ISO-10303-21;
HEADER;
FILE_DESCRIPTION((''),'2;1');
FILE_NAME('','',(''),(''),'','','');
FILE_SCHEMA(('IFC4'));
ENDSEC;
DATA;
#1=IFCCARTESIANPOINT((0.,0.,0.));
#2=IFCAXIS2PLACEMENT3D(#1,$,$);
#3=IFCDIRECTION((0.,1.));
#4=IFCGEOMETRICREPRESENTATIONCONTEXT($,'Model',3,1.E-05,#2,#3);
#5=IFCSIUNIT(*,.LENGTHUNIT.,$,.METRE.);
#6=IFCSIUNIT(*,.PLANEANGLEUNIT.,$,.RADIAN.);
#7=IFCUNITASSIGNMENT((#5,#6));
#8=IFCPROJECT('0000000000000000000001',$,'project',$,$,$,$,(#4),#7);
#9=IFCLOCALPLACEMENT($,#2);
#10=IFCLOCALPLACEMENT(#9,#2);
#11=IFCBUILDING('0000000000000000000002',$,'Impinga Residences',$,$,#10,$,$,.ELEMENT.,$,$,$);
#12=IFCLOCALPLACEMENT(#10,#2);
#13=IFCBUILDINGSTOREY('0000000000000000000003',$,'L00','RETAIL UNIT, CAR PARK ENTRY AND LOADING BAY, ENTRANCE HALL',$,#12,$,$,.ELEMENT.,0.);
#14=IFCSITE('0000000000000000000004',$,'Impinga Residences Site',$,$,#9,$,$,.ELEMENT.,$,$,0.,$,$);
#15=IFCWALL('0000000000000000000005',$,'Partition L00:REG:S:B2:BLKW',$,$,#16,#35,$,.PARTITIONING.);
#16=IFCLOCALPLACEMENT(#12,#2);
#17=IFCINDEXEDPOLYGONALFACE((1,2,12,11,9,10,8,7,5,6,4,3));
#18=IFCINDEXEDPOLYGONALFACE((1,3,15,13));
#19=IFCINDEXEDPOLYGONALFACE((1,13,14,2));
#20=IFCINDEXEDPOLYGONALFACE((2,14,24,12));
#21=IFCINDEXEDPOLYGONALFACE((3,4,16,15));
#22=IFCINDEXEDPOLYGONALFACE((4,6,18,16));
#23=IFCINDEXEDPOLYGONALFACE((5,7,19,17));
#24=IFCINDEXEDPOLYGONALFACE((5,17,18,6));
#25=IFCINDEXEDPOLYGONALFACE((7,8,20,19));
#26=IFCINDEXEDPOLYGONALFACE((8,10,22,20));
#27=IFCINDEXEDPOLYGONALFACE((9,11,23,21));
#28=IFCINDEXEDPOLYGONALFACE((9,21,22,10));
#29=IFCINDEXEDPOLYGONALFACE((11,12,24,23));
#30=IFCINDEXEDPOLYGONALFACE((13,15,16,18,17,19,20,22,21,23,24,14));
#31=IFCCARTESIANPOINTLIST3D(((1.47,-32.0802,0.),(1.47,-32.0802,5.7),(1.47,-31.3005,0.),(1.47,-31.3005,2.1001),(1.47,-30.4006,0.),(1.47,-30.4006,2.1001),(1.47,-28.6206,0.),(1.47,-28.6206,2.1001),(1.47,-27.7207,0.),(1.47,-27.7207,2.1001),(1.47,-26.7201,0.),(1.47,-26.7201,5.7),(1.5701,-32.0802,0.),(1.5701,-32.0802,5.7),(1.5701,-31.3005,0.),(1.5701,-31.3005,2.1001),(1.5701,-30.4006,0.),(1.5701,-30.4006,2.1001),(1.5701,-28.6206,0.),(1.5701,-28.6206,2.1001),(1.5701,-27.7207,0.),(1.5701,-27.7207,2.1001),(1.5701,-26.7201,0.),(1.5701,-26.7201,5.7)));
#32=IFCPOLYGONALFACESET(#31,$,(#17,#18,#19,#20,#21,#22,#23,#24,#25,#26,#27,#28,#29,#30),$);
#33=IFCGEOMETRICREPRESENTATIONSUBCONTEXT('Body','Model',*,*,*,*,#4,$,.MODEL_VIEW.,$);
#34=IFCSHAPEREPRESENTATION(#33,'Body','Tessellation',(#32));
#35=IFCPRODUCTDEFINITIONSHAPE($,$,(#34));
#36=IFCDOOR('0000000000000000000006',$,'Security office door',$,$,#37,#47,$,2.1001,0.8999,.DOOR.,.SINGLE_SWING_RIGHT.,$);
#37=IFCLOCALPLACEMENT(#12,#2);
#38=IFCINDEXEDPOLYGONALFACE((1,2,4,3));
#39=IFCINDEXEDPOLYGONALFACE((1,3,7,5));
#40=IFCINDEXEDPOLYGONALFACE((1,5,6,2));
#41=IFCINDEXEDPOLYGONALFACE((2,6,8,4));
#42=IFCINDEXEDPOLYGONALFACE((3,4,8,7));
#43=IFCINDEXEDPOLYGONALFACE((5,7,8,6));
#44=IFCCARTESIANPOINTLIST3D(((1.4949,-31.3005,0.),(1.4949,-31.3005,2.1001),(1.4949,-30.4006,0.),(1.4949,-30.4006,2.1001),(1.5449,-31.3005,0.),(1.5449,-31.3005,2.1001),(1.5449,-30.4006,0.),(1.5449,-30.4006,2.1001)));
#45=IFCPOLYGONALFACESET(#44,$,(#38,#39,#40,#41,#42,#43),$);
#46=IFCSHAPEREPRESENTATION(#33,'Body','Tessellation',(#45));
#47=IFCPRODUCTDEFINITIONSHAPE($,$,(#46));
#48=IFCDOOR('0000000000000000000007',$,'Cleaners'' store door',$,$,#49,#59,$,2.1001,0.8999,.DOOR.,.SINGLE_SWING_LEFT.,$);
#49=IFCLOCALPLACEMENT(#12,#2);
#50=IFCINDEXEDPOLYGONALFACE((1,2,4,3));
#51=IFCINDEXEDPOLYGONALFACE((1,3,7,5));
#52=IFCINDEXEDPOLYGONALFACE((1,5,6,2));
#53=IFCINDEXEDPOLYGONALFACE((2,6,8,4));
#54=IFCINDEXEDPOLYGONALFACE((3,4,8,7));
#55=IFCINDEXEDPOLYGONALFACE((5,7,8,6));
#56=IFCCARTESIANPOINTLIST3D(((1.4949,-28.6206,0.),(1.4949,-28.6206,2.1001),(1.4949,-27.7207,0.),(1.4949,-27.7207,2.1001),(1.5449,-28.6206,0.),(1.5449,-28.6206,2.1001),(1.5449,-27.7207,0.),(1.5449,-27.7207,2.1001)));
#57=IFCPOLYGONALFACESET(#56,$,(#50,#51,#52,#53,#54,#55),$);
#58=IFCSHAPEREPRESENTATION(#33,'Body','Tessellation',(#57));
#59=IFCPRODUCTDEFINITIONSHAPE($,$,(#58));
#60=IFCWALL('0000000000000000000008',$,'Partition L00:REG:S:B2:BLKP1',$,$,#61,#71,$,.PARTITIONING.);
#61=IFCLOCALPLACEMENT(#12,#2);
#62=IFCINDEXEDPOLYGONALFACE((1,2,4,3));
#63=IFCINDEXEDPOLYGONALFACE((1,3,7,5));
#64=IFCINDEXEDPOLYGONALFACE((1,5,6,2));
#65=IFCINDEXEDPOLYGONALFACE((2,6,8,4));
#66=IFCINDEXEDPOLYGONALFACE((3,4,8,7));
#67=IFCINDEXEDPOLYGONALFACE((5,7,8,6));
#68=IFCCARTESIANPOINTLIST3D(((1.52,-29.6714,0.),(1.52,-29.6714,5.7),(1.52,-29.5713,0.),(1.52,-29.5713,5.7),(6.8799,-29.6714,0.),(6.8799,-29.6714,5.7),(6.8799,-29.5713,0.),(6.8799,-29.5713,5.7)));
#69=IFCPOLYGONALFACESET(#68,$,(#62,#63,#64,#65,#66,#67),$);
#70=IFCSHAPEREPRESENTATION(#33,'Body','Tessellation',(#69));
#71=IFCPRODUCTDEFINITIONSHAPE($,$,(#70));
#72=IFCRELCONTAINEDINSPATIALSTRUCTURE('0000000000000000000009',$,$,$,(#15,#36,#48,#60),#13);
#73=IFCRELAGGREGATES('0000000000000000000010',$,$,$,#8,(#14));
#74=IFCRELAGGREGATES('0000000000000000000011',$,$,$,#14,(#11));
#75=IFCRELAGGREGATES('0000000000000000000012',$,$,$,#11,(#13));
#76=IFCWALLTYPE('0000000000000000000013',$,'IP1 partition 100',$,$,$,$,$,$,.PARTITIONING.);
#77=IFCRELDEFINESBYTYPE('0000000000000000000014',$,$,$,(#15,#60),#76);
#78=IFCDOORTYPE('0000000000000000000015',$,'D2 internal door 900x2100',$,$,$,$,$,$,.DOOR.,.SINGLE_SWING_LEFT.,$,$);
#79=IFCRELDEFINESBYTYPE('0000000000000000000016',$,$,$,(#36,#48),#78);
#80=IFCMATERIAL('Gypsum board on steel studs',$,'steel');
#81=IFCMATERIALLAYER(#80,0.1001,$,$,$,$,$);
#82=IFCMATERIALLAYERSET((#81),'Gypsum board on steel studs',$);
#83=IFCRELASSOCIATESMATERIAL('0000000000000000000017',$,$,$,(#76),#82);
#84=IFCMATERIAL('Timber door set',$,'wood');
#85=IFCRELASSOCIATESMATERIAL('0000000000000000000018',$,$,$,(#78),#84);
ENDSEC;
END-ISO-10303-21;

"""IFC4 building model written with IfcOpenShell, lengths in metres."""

from ifc_helpers import new_model, si_unit, direction, frame, frame_2d, origin, place, context, subcontext, project, spatial, rectangle, extrude, material, layer, layer_set, type_object, element, fill, save


model = new_model("IFC4")

# Units and contexts
model_context = context("Model", 3, precision=1e-05, world=origin(), true_north=direction((0.0, 1.0)))
body_context = subcontext(model_context, "Body", "Model", "MODEL_VIEW")
ifc_project = project(units=[si_unit("LENGTHUNIT", "METRE"), si_unit("PLANEANGLEUNIT", "RADIAN")], contexts=[model_context])

# Site, building, storey
site_placement = place(None, origin())
site = spatial("IfcSite", under=ifc_project, at=site_placement, Name="Impinga Residences Site", CompositionType="ELEMENT", RefElevation=0.0)
building_placement = place(site_placement, origin())
building = spatial("IfcBuilding", under=site, at=building_placement, Name="Impinga Residences", CompositionType="ELEMENT")
storey_placement = place(building_placement, origin())
storey = spatial("IfcBuildingStorey", under=building, at=storey_placement, Name="L00", Description="RETAIL UNIT, CAR PARK ENTRY AND LOADING BAY, ENTRANCE HALL", CompositionType="ELEMENT", Elevation=0.0)

# Shared definitions
ifc_material_1 = material(Name="Gypsum board on steel studs", Category="steel")
ifc_layer = layer(ifc_material_1, 0.1001)
ifc_layer_set = layer_set([ifc_layer], Name="Gypsum board on steel studs")
wall_type = type_object("IfcWallType", Name="IP1 partition 100", PredefinedType="PARTITIONING", material=ifc_layer_set)

# Wall, openings, doors
wall_1_placement = place(storey_placement, frame((1.52, -26.72, 0.0), z_axis=(0.0, 0.0, 1.0), x_axis=(0.0, -1.0, 0.0)))
wall_1 = element("IfcWall", 1, at=wall_1_placement, inside=storey, type_object=wall_type, Name="Partition L00:REG:S:B2:BLKW", PredefinedType="PARTITIONING", context=body_context, shape_type="SweptSolid", body=[
    extrude(rectangle(XDim=5.3601, YDim=0.1001, at=frame_2d((2.6802, 0.0))), origin(), (0.0, 0.0, 1.0), 5.7),
])
opening_1_placement = place(wall_1_placement, frame((3.6807, 0.0, 0.0)))
opening_1 = element("IfcOpeningElement", 2, at=opening_1_placement, cuts=wall_1, PredefinedType="OPENING", context=body_context, shape_type="SweptSolid", body=[
    extrude(rectangle(XDim=0.8999, YDim=2.1001, at=frame_2d((0.45, 1.05))), frame((0.0, 0.0601, 0.0), z_axis=(0.0, -1.0, 0.0), x_axis=(1.0, 0.0, 0.0)), (0.0, 0.0, 1.0), 0.1201),
])
opening_2_placement = place(wall_1_placement, frame((1.0007, 0.0, 0.0)))
opening_2 = element("IfcOpeningElement", 3, at=opening_2_placement, cuts=wall_1, PredefinedType="OPENING", context=body_context, shape_type="SweptSolid", body=[
    extrude(rectangle(XDim=0.8999, YDim=2.1001, at=frame_2d((0.45, 1.05))), frame((0.0, 0.0601, 0.0), z_axis=(0.0, -1.0, 0.0), x_axis=(1.0, 0.0, 0.0)), (0.0, 0.0, 1.0), 0.1201),
])
ifc_material_2 = material(Name="Timber door set", Category="wood")
door_type = type_object("IfcDoorType", Name="D2 internal door 900x2100", OperationType="SINGLE_SWING_LEFT", PredefinedType="DOOR", material=ifc_material_2)
door_1_placement = place(opening_1_placement, origin())
door_1 = element("IfcDoor", 4, at=door_1_placement, inside=storey, type_object=door_type, Name="Security office door", OperationType="SINGLE_SWING_RIGHT", OverallHeight=2.1001, OverallWidth=0.8999, PredefinedType="DOOR", context=body_context, shape_type="SweptSolid", body=[
    extrude(rectangle(XDim=0.8999, YDim=2.1001, at=frame_2d((0.45, 1.05))), frame((0.0, 0.0249, 0.0), z_axis=(0.0, -1.0, 0.0), x_axis=(1.0, 0.0, 0.0)), (0.0, 0.0, 1.0), 0.05),
])
fill(opening_1, door_1)
door_2_placement = place(opening_2_placement, origin())
door_2 = element("IfcDoor", 5, at=door_2_placement, inside=storey, type_object=door_type, Name="Cleaners' store door", OperationType="SINGLE_SWING_LEFT", OverallHeight=2.1001, OverallWidth=0.8999, PredefinedType="DOOR", context=body_context, shape_type="SweptSolid", body=[
    extrude(rectangle(XDim=0.8999, YDim=2.1001, at=frame_2d((0.45, 1.05))), frame((0.0, 0.0249, 0.0), z_axis=(0.0, -1.0, 0.0), x_axis=(1.0, 0.0, 0.0)), (0.0, 0.0, 1.0), 0.05),
])
fill(opening_2, door_2)

# Wall
wall_2_placement = place(storey_placement, frame((1.52, -29.6213, 0.0), z_axis=(0.0, 0.0, 1.0), x_axis=(1.0, 0.0, 0.0)))
element("IfcWall", 6, at=wall_2_placement, inside=storey, type_object=wall_type, Name="Partition L00:REG:S:B2:BLKP1", PredefinedType="PARTITIONING", context=body_context, shape_type="SweptSolid", body=[
    extrude(rectangle(XDim=5.3599, YDim=0.1001, at=frame_2d((2.6799, 0.0))), origin(), (0.0, 0.0, 1.0), 5.7),
])

save(model, "model.ifc")
